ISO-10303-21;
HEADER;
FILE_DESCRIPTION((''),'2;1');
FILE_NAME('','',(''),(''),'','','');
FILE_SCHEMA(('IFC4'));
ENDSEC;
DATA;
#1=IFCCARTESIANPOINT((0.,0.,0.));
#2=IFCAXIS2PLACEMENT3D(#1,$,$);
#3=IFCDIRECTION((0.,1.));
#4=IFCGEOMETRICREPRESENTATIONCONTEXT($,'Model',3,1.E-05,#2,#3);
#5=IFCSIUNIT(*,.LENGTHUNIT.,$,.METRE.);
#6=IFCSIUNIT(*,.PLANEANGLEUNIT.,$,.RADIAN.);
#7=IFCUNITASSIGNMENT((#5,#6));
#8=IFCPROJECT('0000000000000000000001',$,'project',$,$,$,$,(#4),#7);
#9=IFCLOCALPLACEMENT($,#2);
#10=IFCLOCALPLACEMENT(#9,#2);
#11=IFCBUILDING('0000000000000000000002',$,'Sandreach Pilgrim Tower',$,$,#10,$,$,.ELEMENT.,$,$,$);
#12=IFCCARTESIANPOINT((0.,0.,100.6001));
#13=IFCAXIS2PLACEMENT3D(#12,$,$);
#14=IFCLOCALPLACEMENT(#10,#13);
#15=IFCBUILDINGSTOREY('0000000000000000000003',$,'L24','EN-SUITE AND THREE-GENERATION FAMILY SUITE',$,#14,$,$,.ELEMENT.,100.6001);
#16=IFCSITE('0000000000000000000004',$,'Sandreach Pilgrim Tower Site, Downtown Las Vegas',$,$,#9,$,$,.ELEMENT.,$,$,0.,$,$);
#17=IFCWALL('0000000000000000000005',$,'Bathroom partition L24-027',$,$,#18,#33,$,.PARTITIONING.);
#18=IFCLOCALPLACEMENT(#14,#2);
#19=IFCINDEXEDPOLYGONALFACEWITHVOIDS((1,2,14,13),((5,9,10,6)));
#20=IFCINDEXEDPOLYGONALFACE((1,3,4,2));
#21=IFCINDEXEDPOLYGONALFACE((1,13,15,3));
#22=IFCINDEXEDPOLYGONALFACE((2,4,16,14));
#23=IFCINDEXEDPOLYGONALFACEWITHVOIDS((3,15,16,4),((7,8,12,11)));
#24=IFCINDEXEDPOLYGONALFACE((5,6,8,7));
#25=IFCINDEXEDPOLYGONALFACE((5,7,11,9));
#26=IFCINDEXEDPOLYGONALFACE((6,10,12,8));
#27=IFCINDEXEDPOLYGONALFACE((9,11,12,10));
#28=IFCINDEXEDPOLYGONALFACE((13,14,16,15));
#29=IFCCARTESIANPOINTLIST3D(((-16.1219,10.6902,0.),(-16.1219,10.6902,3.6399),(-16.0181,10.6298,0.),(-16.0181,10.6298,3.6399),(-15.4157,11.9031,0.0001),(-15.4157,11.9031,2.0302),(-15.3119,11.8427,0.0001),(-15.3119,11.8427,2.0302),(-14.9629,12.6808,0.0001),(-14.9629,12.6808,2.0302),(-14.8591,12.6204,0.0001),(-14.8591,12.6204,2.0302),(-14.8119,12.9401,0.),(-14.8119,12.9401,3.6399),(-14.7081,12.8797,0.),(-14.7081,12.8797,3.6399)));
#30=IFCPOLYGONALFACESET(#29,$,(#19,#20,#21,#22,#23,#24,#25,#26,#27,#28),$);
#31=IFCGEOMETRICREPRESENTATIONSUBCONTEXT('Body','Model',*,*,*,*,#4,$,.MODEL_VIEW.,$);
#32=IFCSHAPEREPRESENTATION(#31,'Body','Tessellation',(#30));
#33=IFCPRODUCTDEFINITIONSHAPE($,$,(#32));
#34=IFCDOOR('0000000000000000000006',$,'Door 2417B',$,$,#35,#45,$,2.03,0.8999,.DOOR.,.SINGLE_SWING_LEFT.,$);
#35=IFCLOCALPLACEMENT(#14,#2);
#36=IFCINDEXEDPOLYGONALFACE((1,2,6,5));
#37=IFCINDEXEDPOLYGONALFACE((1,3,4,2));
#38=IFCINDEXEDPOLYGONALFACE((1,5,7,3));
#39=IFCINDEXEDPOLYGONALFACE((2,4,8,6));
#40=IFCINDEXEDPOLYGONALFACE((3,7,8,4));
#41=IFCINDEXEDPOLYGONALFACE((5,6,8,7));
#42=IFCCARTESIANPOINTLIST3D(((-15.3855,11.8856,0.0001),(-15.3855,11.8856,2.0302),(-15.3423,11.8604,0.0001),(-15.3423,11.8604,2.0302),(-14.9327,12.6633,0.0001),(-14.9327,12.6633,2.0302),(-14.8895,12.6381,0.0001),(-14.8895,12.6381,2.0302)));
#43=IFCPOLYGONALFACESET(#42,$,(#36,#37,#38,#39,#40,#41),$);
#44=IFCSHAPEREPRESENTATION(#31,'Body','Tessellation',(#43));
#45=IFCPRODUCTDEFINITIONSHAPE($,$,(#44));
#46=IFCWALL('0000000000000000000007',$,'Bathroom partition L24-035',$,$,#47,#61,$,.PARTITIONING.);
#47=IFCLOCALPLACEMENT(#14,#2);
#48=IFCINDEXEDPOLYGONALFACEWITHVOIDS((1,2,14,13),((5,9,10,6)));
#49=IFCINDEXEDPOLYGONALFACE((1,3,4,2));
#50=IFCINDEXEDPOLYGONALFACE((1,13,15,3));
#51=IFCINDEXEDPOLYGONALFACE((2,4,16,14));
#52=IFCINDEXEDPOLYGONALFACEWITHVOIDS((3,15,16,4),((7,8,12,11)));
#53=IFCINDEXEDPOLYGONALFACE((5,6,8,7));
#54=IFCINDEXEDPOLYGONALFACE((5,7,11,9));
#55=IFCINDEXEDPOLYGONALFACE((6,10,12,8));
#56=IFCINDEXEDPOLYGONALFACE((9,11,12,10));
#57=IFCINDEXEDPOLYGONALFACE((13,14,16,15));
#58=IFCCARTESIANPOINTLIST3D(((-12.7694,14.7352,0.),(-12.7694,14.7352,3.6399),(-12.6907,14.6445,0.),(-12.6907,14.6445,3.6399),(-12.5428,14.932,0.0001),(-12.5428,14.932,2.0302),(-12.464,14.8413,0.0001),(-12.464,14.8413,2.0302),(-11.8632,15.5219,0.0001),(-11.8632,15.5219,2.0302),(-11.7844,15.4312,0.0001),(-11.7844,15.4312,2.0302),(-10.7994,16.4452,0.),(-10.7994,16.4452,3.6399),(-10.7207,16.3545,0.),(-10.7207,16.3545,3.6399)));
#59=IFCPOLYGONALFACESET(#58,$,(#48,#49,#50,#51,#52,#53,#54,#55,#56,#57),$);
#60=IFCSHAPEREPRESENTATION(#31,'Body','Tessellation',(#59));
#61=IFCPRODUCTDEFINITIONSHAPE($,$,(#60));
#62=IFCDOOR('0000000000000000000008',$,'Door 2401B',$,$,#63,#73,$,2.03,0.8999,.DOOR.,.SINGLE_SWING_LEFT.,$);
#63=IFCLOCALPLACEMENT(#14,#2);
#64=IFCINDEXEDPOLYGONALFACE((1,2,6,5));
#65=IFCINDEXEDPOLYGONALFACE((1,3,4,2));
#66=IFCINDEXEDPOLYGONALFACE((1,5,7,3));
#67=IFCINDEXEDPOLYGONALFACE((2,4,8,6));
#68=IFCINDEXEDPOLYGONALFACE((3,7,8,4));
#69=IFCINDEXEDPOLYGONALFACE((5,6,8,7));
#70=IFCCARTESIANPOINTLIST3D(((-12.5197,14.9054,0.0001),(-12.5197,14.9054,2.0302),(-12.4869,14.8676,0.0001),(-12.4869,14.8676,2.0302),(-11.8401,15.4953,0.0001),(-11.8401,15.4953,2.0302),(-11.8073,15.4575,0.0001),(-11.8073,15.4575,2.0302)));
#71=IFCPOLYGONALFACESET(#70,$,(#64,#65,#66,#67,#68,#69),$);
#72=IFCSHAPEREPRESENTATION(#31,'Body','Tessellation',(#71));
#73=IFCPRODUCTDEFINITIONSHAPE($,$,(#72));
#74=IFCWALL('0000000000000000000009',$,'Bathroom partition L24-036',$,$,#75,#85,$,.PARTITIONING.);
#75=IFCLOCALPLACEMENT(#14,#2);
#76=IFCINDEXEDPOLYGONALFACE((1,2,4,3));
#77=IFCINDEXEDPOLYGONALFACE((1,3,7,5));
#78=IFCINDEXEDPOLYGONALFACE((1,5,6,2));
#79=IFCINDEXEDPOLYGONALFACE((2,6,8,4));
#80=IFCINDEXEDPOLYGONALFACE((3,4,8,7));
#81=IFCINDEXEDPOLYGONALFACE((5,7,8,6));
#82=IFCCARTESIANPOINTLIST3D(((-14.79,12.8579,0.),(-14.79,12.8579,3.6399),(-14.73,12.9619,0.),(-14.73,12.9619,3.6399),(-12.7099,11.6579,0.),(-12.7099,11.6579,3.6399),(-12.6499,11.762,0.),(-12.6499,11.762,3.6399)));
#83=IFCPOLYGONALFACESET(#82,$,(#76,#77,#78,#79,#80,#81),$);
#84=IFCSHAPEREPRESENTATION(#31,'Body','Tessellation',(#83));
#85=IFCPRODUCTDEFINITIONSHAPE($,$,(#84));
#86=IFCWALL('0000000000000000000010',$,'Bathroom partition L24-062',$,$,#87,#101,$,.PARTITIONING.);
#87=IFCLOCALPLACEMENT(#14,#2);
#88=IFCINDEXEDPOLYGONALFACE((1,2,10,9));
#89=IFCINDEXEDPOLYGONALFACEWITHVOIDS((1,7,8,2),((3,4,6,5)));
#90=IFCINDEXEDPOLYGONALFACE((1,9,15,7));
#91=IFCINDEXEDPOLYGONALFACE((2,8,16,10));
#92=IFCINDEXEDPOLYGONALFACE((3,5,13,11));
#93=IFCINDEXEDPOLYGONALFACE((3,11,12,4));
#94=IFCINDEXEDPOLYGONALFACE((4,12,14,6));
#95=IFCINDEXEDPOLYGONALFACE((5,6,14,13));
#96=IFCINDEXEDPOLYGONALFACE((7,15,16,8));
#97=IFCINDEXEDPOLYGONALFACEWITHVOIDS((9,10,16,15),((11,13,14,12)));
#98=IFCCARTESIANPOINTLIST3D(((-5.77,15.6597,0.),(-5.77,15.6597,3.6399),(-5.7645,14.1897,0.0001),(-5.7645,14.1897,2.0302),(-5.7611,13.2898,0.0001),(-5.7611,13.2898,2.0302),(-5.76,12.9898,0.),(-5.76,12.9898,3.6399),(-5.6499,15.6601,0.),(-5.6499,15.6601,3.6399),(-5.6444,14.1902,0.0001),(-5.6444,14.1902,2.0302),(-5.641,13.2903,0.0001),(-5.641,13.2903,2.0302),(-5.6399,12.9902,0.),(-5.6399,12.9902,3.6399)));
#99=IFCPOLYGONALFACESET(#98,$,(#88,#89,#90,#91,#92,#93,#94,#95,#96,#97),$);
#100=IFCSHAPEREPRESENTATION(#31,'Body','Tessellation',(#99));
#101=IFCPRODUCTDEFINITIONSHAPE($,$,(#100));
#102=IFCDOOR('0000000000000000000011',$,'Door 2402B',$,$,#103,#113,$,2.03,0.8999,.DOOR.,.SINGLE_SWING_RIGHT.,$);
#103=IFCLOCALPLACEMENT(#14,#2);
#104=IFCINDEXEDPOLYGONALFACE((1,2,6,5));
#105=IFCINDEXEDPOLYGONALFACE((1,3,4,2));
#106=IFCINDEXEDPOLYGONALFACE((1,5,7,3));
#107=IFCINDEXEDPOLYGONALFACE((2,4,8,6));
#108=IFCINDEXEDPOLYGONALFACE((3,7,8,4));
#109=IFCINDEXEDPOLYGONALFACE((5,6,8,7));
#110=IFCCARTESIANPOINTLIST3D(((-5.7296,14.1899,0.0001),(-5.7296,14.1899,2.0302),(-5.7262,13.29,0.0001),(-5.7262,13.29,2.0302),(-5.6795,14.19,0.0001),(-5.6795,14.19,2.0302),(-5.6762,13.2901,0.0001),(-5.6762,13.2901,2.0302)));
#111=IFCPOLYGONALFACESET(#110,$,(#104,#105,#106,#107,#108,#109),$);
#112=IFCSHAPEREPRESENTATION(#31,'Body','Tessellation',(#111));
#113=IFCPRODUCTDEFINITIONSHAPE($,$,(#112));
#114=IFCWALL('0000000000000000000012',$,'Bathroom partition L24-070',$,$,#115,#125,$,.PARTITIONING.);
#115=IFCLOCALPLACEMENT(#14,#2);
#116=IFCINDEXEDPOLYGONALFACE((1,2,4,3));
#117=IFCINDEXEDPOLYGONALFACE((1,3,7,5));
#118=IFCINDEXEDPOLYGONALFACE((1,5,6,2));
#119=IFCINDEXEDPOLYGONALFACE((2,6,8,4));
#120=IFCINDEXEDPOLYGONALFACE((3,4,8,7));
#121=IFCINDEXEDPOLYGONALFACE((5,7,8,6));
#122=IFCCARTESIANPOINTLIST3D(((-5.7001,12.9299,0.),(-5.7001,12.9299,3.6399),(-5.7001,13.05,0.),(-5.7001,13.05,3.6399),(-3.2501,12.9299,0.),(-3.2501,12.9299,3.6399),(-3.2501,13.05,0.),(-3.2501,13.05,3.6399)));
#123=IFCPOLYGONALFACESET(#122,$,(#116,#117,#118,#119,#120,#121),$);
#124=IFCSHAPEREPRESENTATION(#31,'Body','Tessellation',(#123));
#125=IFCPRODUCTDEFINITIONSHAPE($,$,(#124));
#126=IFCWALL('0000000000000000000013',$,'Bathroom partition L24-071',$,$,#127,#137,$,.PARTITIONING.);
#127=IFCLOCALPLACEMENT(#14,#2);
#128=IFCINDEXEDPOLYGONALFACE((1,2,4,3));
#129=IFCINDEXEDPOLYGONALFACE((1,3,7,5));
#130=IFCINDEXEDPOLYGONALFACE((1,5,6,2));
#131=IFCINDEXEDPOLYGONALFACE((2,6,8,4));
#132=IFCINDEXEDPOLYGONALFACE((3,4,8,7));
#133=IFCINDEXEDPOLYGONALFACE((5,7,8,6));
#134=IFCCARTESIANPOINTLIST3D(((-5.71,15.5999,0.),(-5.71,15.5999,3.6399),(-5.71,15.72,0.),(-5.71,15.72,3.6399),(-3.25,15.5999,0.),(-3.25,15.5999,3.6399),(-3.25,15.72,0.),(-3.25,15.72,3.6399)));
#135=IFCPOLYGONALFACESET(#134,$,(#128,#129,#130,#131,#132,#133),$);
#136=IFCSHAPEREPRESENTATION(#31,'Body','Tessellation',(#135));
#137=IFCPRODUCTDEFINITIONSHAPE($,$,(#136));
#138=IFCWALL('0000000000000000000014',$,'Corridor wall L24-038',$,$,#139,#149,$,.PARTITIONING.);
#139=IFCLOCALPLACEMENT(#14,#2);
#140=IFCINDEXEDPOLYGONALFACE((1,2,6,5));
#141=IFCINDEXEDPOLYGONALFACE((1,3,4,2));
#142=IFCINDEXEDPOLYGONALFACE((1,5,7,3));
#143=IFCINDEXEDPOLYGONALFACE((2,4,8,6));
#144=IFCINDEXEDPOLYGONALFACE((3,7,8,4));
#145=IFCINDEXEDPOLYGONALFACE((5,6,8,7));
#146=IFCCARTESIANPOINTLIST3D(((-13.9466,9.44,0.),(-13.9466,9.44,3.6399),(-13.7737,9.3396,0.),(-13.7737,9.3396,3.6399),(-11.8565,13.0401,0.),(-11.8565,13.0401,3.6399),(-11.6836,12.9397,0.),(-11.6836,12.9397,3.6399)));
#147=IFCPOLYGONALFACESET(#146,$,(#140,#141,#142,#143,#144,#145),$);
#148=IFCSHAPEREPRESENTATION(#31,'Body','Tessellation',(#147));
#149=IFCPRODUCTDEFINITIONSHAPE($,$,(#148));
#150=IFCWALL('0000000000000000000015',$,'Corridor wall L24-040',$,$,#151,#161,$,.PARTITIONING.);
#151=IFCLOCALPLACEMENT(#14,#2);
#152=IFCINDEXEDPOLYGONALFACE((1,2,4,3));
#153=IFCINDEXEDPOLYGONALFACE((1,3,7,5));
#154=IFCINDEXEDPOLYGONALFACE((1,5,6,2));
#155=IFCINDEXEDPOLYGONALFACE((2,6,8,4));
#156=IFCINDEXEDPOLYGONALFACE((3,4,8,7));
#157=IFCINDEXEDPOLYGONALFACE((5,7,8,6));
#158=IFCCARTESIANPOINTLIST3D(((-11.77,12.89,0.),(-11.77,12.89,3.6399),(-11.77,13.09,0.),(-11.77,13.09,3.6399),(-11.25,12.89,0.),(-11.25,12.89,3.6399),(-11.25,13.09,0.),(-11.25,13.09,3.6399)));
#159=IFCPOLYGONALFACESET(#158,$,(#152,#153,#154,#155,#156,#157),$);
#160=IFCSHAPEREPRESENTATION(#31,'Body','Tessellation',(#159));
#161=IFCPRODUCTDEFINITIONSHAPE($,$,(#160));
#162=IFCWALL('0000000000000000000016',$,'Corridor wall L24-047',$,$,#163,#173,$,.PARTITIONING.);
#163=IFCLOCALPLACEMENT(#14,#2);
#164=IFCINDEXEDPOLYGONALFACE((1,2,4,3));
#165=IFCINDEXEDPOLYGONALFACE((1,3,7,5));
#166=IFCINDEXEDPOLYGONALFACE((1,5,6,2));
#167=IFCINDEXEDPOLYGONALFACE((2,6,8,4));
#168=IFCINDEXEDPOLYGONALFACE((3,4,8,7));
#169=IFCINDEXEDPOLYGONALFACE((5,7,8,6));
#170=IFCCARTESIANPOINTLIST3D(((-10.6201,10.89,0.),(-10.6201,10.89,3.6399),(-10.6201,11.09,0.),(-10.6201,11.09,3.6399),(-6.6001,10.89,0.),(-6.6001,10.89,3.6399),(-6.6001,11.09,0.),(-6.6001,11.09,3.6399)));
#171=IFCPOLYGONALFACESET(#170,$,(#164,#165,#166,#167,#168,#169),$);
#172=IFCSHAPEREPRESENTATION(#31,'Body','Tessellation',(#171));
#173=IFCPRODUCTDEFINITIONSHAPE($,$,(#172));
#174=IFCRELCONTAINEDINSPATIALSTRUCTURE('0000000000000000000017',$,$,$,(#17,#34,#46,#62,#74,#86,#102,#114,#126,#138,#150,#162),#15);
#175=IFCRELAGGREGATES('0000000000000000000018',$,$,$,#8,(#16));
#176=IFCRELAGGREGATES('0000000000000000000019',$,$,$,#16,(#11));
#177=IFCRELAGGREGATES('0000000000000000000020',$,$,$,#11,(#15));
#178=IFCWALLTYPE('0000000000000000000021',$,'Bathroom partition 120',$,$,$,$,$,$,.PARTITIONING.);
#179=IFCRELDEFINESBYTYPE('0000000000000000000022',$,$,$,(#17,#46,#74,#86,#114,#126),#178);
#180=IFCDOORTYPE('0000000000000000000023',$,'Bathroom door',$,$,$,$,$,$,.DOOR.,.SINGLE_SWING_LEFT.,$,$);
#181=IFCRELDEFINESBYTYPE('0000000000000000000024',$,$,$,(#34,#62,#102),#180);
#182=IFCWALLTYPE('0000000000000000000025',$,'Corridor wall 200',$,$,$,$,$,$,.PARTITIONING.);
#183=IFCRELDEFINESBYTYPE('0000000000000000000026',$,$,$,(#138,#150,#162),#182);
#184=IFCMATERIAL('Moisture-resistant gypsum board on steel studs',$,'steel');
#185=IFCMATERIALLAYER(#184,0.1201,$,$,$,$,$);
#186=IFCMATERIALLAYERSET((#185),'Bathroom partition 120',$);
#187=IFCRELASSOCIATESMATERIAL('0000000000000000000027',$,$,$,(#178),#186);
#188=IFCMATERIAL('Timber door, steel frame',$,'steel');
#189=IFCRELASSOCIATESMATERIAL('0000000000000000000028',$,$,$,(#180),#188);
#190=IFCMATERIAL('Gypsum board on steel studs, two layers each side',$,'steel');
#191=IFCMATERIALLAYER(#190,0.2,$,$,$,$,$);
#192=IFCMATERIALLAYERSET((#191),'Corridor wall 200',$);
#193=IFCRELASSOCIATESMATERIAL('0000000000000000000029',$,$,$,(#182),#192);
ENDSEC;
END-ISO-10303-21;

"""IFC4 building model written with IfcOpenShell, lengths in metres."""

from ifc_helpers import new_model, si_unit, direction, frame, frame_2d, origin, place, context, subcontext, project, spatial, rectangle, extrude, material, layer, layer_set, type_object, element, fill, save


model = new_model("IFC4")

# Units and contexts
model_context = context("Model", 3, precision=1e-05, world=origin(), true_north=direction((0.0, 1.0)))
body_context = subcontext(model_context, "Body", "Model", "MODEL_VIEW")
ifc_project = project(units=[si_unit("LENGTHUNIT", "METRE"), si_unit("PLANEANGLEUNIT", "RADIAN")], contexts=[model_context])

# Site, building, storey
site_placement = place(None, origin())
site = spatial("IfcSite", under=ifc_project, at=site_placement, Name="Sandreach Pilgrim Tower Site, Downtown Las Vegas", CompositionType="ELEMENT", RefElevation=0.0)
building_placement = place(site_placement, origin())
building = spatial("IfcBuilding", under=site, at=building_placement, Name="Sandreach Pilgrim Tower", CompositionType="ELEMENT")
storey_placement = place(building_placement, frame((0.0, 0.0, 100.6001)))
storey = spatial("IfcBuildingStorey", under=building, at=storey_placement, Name="L24", Description="EN-SUITE AND THREE-GENERATION FAMILY SUITE", CompositionType="ELEMENT", Elevation=100.6001)

# Walls, openings, doors
ifc_material_1 = material(Name="Moisture-resistant gypsum board on steel studs", Category="steel")
ifc_layer_1 = layer(ifc_material_1, 0.1201)
ifc_layer_set_1 = layer_set([ifc_layer_1], Name="Bathroom partition 120")
wall_type_1 = type_object("IfcWallType", Name="Bathroom partition 120", PredefinedType="PARTITIONING", material=ifc_layer_set_1)
wall_1_placement = place(storey_placement, frame((-14.76, 12.9099, 0.0), z_axis=(0.0, 0.0, 1.0), x_axis=(-0.503171, -0.864187, 0.0)))
wall_1 = element("IfcWall", 1, at=wall_1_placement, inside=storey, type_object=wall_type_1, Name="Bathroom partition L24-027", PredefinedType="PARTITIONING", context=body_context, shape_type="SweptSolid", body=[
    extrude(rectangle(XDim=2.6035, YDim=0.1201, at=frame_2d((1.3018, 0.0))), origin(), (0.0, 0.0, 1.0), 3.6399),
])
opening_1_placement = place(wall_1_placement, frame((0.3, 0.0, 0.0)))
opening_1 = element("IfcOpeningElement", 2, at=opening_1_placement, cuts=wall_1, PredefinedType="OPENING", context=body_context, shape_type="SweptSolid", body=[
    extrude(rectangle(XDim=0.8999, YDim=2.03, at=frame_2d((0.45, 1.0151))), frame((0.0, 0.0601, 0.0), z_axis=(0.0, -1.0, 0.0), x_axis=(1.0, 0.0, 0.0)), (0.0, 0.0, 1.0), 0.1201),
])
ifc_material_2 = material(Name="Timber door, steel frame", Category="steel")
door_type_1 = type_object("IfcDoorType", Name="Bathroom door", OperationType="SINGLE_SWING_LEFT", PredefinedType="DOOR", material=ifc_material_2)
door_1_placement = place(opening_1_placement, origin())
door_1 = element("IfcDoor", 3, at=door_1_placement, inside=storey, type_object=door_type_1, Name="Door 2417B", OperationType="SINGLE_SWING_LEFT", OverallHeight=2.03, OverallWidth=0.8999, PredefinedType="DOOR", context=body_context, shape_type="SweptSolid", body=[
    extrude(rectangle(XDim=0.8999, YDim=2.03, at=frame_2d((0.45, 1.0151))), frame((0.0, 0.0249, 0.0), z_axis=(0.0, -1.0, 0.0), x_axis=(1.0, 0.0, 0.0)), (0.0, 0.0, 1.0), 0.05),
])
fill(opening_1, door_1)
wall_2_placement = place(storey_placement, frame((-12.73, 14.6899, 0.0), z_axis=(0.0, 0.0, 1.0), x_axis=(0.755186, 0.655511, 0.0)))
wall_2 = element("IfcWall", 4, at=wall_2_placement, inside=storey, type_object=wall_type_1, Name="Bathroom partition L24-035", PredefinedType="PARTITIONING", context=body_context, shape_type="SweptSolid", body=[
    extrude(rectangle(XDim=2.6086, YDim=0.1201, at=frame_2d((1.3042, 0.0))), origin(), (0.0, 0.0, 1.0), 3.6399),
])
opening_2_placement = place(wall_2_placement, frame((0.3, 0.0, 0.0)))
opening_2 = element("IfcOpeningElement", 5, at=opening_2_placement, cuts=wall_2, PredefinedType="OPENING", context=body_context, shape_type="SweptSolid", body=[
    extrude(rectangle(XDim=0.8999, YDim=2.03, at=frame_2d((0.45, 1.0151))), frame((0.0, 0.0601, 0.0), z_axis=(0.0, -1.0, 0.0), x_axis=(1.0, 0.0, 0.0)), (0.0, 0.0, 1.0), 0.1201),
])
door_2_placement = place(opening_2_placement, origin())
door_2 = element("IfcDoor", 6, at=door_2_placement, inside=storey, type_object=door_type_1, Name="Door 2401B", OperationType="SINGLE_SWING_LEFT", OverallHeight=2.03, OverallWidth=0.8999, PredefinedType="DOOR", context=body_context, shape_type="SweptSolid", body=[
    extrude(rectangle(XDim=0.8999, YDim=2.03, at=frame_2d((0.45, 1.0151))), frame((0.0, 0.0249, 0.0), z_axis=(0.0, -1.0, 0.0), x_axis=(1.0, 0.0, 0.0)), (0.0, 0.0, 1.0), 0.05),
])
fill(opening_2, door_2)

# Wall
wall_3_placement = place(storey_placement, frame((-12.6799, 11.71, 0.0), z_axis=(0.0, 0.0, 1.0), x_axis=(-0.866203, 0.499693, 0.0)))
element("IfcWall", 7, at=wall_3_placement, inside=storey, type_object=wall_type_1, Name="Bathroom partition L24-036", PredefinedType="PARTITIONING", context=body_context, shape_type="SweptSolid", body=[
    extrude(rectangle(XDim=2.4014, YDim=0.1201, at=frame_2d((1.2007, 0.0))), origin(), (0.0, 0.0, 1.0), 3.6399),
])

# Wall, opening, door
wall_4_placement = place(storey_placement, frame((-5.71, 15.6599, 0.0), z_axis=(0.0, 0.0, 1.0), x_axis=(0.003749, -0.999993, 0.0)))
wall_4 = element("IfcWall", 8, at=wall_4_placement, inside=storey, type_object=wall_type_1, Name="Bathroom partition L24-062", PredefinedType="PARTITIONING", context=body_context, shape_type="SweptSolid", body=[
    extrude(rectangle(XDim=2.6699, YDim=0.1201, at=frame_2d((1.335, 0.0))), origin(), (0.0, 0.0, 1.0), 3.6399),
])
opening_3_placement = place(wall_4_placement, frame((1.47, 0.0, 0.0)))
opening_3 = element("IfcOpeningElement", 9, at=opening_3_placement, cuts=wall_4, PredefinedType="OPENING", context=body_context, shape_type="SweptSolid", body=[
    extrude(rectangle(XDim=0.8999, YDim=2.03, at=frame_2d((0.45, 1.0151))), frame((0.0, 0.0601, 0.0), z_axis=(0.0, -1.0, 0.0), x_axis=(1.0, 0.0, 0.0)), (0.0, 0.0, 1.0), 0.1201),
])
door_3_placement = place(opening_3_placement, origin())
door_3 = element("IfcDoor", 10, at=door_3_placement, inside=storey, type_object=door_type_1, Name="Door 2402B", OperationType="SINGLE_SWING_RIGHT", OverallHeight=2.03, OverallWidth=0.8999, PredefinedType="DOOR", context=body_context, shape_type="SweptSolid", body=[
    extrude(rectangle(XDim=0.8999, YDim=2.03, at=frame_2d((0.45, 1.0151))), frame((0.0, 0.0249, 0.0), z_axis=(0.0, -1.0, 0.0), x_axis=(1.0, 0.0, 0.0)), (0.0, 0.0, 1.0), 0.05),
])
fill(opening_3, door_3)

# Walls
wall_5_placement = place(storey_placement, frame((-3.25, 12.99, 0.0), z_axis=(0.0, 0.0, 1.0), x_axis=(-1.0, 0.0, 0.0)))
element("IfcWall", 11, at=wall_5_placement, inside=storey, type_object=wall_type_1, Name="Bathroom partition L24-070", PredefinedType="PARTITIONING", context=body_context, shape_type="SweptSolid", body=[
    extrude(rectangle(XDim=2.45, YDim=0.1201, at=frame_2d((1.2251, 0.0))), origin(), (0.0, 0.0, 1.0), 3.6399),
])
wall_6_placement = place(storey_placement, frame((-3.25, 15.6599, 0.0), z_axis=(0.0, 0.0, 1.0), x_axis=(-1.0, 0.0, 0.0)))
element("IfcWall", 12, at=wall_6_placement, inside=storey, type_object=wall_type_1, Name="Bathroom partition L24-071", PredefinedType="PARTITIONING", context=body_context, shape_type="SweptSolid", body=[
    extrude(rectangle(XDim=2.46, YDim=0.1201, at=frame_2d((1.23, 0.0))), origin(), (0.0, 0.0, 1.0), 3.6399),
])
ifc_material_3 = material(Name="Gypsum board on steel studs, two layers each side", Category="steel")
ifc_layer_2 = layer(ifc_material_3, 0.2)
ifc_layer_set_2 = layer_set([ifc_layer_2], Name="Corridor wall 200")
wall_type_2 = type_object("IfcWallType", Name="Corridor wall 200", PredefinedType="PARTITIONING", material=ifc_layer_set_2)
wall_7_placement = place(storey_placement, frame((-11.77, 12.99, 0.0), z_axis=(0.0, 0.0, 1.0), x_axis=(-0.502083, -0.864819, 0.0)))
element("IfcWall", 13, at=wall_7_placement, inside=storey, type_object=wall_type_2, Name="Corridor wall L24-038", PredefinedType="PARTITIONING", context=body_context, shape_type="SweptSolid", body=[
    extrude(rectangle(XDim=4.1628, YDim=0.2, at=frame_2d((2.0815, 0.0))), origin(), (0.0, 0.0, 1.0), 3.6399),
])
wall_8_placement = place(storey_placement, frame((-11.25, 12.99, 0.0), z_axis=(0.0, 0.0, 1.0), x_axis=(-1.0, 0.0, 0.0)))
element("IfcWall", 14, at=wall_8_placement, inside=storey, type_object=wall_type_2, Name="Corridor wall L24-040", PredefinedType="PARTITIONING", context=body_context, shape_type="SweptSolid", body=[
    extrude(rectangle(XDim=0.52, YDim=0.2, at=frame_2d((0.26, 0.0))), origin(), (0.0, 0.0, 1.0), 3.6399),
])
wall_9_placement = place(storey_placement, frame((-10.6201, 10.99, 0.0), z_axis=(0.0, 0.0, 1.0), x_axis=(1.0, 0.0, 0.0)))
element("IfcWall", 15, at=wall_9_placement, inside=storey, type_object=wall_type_2, Name="Corridor wall L24-047", PredefinedType="PARTITIONING", context=body_context, shape_type="SweptSolid", body=[
    extrude(rectangle(XDim=4.02, YDim=0.2, at=frame_2d((2.01, 0.0))), origin(), (0.0, 0.0, 1.0), 3.6399),
])

save(model, "model.ifc")
